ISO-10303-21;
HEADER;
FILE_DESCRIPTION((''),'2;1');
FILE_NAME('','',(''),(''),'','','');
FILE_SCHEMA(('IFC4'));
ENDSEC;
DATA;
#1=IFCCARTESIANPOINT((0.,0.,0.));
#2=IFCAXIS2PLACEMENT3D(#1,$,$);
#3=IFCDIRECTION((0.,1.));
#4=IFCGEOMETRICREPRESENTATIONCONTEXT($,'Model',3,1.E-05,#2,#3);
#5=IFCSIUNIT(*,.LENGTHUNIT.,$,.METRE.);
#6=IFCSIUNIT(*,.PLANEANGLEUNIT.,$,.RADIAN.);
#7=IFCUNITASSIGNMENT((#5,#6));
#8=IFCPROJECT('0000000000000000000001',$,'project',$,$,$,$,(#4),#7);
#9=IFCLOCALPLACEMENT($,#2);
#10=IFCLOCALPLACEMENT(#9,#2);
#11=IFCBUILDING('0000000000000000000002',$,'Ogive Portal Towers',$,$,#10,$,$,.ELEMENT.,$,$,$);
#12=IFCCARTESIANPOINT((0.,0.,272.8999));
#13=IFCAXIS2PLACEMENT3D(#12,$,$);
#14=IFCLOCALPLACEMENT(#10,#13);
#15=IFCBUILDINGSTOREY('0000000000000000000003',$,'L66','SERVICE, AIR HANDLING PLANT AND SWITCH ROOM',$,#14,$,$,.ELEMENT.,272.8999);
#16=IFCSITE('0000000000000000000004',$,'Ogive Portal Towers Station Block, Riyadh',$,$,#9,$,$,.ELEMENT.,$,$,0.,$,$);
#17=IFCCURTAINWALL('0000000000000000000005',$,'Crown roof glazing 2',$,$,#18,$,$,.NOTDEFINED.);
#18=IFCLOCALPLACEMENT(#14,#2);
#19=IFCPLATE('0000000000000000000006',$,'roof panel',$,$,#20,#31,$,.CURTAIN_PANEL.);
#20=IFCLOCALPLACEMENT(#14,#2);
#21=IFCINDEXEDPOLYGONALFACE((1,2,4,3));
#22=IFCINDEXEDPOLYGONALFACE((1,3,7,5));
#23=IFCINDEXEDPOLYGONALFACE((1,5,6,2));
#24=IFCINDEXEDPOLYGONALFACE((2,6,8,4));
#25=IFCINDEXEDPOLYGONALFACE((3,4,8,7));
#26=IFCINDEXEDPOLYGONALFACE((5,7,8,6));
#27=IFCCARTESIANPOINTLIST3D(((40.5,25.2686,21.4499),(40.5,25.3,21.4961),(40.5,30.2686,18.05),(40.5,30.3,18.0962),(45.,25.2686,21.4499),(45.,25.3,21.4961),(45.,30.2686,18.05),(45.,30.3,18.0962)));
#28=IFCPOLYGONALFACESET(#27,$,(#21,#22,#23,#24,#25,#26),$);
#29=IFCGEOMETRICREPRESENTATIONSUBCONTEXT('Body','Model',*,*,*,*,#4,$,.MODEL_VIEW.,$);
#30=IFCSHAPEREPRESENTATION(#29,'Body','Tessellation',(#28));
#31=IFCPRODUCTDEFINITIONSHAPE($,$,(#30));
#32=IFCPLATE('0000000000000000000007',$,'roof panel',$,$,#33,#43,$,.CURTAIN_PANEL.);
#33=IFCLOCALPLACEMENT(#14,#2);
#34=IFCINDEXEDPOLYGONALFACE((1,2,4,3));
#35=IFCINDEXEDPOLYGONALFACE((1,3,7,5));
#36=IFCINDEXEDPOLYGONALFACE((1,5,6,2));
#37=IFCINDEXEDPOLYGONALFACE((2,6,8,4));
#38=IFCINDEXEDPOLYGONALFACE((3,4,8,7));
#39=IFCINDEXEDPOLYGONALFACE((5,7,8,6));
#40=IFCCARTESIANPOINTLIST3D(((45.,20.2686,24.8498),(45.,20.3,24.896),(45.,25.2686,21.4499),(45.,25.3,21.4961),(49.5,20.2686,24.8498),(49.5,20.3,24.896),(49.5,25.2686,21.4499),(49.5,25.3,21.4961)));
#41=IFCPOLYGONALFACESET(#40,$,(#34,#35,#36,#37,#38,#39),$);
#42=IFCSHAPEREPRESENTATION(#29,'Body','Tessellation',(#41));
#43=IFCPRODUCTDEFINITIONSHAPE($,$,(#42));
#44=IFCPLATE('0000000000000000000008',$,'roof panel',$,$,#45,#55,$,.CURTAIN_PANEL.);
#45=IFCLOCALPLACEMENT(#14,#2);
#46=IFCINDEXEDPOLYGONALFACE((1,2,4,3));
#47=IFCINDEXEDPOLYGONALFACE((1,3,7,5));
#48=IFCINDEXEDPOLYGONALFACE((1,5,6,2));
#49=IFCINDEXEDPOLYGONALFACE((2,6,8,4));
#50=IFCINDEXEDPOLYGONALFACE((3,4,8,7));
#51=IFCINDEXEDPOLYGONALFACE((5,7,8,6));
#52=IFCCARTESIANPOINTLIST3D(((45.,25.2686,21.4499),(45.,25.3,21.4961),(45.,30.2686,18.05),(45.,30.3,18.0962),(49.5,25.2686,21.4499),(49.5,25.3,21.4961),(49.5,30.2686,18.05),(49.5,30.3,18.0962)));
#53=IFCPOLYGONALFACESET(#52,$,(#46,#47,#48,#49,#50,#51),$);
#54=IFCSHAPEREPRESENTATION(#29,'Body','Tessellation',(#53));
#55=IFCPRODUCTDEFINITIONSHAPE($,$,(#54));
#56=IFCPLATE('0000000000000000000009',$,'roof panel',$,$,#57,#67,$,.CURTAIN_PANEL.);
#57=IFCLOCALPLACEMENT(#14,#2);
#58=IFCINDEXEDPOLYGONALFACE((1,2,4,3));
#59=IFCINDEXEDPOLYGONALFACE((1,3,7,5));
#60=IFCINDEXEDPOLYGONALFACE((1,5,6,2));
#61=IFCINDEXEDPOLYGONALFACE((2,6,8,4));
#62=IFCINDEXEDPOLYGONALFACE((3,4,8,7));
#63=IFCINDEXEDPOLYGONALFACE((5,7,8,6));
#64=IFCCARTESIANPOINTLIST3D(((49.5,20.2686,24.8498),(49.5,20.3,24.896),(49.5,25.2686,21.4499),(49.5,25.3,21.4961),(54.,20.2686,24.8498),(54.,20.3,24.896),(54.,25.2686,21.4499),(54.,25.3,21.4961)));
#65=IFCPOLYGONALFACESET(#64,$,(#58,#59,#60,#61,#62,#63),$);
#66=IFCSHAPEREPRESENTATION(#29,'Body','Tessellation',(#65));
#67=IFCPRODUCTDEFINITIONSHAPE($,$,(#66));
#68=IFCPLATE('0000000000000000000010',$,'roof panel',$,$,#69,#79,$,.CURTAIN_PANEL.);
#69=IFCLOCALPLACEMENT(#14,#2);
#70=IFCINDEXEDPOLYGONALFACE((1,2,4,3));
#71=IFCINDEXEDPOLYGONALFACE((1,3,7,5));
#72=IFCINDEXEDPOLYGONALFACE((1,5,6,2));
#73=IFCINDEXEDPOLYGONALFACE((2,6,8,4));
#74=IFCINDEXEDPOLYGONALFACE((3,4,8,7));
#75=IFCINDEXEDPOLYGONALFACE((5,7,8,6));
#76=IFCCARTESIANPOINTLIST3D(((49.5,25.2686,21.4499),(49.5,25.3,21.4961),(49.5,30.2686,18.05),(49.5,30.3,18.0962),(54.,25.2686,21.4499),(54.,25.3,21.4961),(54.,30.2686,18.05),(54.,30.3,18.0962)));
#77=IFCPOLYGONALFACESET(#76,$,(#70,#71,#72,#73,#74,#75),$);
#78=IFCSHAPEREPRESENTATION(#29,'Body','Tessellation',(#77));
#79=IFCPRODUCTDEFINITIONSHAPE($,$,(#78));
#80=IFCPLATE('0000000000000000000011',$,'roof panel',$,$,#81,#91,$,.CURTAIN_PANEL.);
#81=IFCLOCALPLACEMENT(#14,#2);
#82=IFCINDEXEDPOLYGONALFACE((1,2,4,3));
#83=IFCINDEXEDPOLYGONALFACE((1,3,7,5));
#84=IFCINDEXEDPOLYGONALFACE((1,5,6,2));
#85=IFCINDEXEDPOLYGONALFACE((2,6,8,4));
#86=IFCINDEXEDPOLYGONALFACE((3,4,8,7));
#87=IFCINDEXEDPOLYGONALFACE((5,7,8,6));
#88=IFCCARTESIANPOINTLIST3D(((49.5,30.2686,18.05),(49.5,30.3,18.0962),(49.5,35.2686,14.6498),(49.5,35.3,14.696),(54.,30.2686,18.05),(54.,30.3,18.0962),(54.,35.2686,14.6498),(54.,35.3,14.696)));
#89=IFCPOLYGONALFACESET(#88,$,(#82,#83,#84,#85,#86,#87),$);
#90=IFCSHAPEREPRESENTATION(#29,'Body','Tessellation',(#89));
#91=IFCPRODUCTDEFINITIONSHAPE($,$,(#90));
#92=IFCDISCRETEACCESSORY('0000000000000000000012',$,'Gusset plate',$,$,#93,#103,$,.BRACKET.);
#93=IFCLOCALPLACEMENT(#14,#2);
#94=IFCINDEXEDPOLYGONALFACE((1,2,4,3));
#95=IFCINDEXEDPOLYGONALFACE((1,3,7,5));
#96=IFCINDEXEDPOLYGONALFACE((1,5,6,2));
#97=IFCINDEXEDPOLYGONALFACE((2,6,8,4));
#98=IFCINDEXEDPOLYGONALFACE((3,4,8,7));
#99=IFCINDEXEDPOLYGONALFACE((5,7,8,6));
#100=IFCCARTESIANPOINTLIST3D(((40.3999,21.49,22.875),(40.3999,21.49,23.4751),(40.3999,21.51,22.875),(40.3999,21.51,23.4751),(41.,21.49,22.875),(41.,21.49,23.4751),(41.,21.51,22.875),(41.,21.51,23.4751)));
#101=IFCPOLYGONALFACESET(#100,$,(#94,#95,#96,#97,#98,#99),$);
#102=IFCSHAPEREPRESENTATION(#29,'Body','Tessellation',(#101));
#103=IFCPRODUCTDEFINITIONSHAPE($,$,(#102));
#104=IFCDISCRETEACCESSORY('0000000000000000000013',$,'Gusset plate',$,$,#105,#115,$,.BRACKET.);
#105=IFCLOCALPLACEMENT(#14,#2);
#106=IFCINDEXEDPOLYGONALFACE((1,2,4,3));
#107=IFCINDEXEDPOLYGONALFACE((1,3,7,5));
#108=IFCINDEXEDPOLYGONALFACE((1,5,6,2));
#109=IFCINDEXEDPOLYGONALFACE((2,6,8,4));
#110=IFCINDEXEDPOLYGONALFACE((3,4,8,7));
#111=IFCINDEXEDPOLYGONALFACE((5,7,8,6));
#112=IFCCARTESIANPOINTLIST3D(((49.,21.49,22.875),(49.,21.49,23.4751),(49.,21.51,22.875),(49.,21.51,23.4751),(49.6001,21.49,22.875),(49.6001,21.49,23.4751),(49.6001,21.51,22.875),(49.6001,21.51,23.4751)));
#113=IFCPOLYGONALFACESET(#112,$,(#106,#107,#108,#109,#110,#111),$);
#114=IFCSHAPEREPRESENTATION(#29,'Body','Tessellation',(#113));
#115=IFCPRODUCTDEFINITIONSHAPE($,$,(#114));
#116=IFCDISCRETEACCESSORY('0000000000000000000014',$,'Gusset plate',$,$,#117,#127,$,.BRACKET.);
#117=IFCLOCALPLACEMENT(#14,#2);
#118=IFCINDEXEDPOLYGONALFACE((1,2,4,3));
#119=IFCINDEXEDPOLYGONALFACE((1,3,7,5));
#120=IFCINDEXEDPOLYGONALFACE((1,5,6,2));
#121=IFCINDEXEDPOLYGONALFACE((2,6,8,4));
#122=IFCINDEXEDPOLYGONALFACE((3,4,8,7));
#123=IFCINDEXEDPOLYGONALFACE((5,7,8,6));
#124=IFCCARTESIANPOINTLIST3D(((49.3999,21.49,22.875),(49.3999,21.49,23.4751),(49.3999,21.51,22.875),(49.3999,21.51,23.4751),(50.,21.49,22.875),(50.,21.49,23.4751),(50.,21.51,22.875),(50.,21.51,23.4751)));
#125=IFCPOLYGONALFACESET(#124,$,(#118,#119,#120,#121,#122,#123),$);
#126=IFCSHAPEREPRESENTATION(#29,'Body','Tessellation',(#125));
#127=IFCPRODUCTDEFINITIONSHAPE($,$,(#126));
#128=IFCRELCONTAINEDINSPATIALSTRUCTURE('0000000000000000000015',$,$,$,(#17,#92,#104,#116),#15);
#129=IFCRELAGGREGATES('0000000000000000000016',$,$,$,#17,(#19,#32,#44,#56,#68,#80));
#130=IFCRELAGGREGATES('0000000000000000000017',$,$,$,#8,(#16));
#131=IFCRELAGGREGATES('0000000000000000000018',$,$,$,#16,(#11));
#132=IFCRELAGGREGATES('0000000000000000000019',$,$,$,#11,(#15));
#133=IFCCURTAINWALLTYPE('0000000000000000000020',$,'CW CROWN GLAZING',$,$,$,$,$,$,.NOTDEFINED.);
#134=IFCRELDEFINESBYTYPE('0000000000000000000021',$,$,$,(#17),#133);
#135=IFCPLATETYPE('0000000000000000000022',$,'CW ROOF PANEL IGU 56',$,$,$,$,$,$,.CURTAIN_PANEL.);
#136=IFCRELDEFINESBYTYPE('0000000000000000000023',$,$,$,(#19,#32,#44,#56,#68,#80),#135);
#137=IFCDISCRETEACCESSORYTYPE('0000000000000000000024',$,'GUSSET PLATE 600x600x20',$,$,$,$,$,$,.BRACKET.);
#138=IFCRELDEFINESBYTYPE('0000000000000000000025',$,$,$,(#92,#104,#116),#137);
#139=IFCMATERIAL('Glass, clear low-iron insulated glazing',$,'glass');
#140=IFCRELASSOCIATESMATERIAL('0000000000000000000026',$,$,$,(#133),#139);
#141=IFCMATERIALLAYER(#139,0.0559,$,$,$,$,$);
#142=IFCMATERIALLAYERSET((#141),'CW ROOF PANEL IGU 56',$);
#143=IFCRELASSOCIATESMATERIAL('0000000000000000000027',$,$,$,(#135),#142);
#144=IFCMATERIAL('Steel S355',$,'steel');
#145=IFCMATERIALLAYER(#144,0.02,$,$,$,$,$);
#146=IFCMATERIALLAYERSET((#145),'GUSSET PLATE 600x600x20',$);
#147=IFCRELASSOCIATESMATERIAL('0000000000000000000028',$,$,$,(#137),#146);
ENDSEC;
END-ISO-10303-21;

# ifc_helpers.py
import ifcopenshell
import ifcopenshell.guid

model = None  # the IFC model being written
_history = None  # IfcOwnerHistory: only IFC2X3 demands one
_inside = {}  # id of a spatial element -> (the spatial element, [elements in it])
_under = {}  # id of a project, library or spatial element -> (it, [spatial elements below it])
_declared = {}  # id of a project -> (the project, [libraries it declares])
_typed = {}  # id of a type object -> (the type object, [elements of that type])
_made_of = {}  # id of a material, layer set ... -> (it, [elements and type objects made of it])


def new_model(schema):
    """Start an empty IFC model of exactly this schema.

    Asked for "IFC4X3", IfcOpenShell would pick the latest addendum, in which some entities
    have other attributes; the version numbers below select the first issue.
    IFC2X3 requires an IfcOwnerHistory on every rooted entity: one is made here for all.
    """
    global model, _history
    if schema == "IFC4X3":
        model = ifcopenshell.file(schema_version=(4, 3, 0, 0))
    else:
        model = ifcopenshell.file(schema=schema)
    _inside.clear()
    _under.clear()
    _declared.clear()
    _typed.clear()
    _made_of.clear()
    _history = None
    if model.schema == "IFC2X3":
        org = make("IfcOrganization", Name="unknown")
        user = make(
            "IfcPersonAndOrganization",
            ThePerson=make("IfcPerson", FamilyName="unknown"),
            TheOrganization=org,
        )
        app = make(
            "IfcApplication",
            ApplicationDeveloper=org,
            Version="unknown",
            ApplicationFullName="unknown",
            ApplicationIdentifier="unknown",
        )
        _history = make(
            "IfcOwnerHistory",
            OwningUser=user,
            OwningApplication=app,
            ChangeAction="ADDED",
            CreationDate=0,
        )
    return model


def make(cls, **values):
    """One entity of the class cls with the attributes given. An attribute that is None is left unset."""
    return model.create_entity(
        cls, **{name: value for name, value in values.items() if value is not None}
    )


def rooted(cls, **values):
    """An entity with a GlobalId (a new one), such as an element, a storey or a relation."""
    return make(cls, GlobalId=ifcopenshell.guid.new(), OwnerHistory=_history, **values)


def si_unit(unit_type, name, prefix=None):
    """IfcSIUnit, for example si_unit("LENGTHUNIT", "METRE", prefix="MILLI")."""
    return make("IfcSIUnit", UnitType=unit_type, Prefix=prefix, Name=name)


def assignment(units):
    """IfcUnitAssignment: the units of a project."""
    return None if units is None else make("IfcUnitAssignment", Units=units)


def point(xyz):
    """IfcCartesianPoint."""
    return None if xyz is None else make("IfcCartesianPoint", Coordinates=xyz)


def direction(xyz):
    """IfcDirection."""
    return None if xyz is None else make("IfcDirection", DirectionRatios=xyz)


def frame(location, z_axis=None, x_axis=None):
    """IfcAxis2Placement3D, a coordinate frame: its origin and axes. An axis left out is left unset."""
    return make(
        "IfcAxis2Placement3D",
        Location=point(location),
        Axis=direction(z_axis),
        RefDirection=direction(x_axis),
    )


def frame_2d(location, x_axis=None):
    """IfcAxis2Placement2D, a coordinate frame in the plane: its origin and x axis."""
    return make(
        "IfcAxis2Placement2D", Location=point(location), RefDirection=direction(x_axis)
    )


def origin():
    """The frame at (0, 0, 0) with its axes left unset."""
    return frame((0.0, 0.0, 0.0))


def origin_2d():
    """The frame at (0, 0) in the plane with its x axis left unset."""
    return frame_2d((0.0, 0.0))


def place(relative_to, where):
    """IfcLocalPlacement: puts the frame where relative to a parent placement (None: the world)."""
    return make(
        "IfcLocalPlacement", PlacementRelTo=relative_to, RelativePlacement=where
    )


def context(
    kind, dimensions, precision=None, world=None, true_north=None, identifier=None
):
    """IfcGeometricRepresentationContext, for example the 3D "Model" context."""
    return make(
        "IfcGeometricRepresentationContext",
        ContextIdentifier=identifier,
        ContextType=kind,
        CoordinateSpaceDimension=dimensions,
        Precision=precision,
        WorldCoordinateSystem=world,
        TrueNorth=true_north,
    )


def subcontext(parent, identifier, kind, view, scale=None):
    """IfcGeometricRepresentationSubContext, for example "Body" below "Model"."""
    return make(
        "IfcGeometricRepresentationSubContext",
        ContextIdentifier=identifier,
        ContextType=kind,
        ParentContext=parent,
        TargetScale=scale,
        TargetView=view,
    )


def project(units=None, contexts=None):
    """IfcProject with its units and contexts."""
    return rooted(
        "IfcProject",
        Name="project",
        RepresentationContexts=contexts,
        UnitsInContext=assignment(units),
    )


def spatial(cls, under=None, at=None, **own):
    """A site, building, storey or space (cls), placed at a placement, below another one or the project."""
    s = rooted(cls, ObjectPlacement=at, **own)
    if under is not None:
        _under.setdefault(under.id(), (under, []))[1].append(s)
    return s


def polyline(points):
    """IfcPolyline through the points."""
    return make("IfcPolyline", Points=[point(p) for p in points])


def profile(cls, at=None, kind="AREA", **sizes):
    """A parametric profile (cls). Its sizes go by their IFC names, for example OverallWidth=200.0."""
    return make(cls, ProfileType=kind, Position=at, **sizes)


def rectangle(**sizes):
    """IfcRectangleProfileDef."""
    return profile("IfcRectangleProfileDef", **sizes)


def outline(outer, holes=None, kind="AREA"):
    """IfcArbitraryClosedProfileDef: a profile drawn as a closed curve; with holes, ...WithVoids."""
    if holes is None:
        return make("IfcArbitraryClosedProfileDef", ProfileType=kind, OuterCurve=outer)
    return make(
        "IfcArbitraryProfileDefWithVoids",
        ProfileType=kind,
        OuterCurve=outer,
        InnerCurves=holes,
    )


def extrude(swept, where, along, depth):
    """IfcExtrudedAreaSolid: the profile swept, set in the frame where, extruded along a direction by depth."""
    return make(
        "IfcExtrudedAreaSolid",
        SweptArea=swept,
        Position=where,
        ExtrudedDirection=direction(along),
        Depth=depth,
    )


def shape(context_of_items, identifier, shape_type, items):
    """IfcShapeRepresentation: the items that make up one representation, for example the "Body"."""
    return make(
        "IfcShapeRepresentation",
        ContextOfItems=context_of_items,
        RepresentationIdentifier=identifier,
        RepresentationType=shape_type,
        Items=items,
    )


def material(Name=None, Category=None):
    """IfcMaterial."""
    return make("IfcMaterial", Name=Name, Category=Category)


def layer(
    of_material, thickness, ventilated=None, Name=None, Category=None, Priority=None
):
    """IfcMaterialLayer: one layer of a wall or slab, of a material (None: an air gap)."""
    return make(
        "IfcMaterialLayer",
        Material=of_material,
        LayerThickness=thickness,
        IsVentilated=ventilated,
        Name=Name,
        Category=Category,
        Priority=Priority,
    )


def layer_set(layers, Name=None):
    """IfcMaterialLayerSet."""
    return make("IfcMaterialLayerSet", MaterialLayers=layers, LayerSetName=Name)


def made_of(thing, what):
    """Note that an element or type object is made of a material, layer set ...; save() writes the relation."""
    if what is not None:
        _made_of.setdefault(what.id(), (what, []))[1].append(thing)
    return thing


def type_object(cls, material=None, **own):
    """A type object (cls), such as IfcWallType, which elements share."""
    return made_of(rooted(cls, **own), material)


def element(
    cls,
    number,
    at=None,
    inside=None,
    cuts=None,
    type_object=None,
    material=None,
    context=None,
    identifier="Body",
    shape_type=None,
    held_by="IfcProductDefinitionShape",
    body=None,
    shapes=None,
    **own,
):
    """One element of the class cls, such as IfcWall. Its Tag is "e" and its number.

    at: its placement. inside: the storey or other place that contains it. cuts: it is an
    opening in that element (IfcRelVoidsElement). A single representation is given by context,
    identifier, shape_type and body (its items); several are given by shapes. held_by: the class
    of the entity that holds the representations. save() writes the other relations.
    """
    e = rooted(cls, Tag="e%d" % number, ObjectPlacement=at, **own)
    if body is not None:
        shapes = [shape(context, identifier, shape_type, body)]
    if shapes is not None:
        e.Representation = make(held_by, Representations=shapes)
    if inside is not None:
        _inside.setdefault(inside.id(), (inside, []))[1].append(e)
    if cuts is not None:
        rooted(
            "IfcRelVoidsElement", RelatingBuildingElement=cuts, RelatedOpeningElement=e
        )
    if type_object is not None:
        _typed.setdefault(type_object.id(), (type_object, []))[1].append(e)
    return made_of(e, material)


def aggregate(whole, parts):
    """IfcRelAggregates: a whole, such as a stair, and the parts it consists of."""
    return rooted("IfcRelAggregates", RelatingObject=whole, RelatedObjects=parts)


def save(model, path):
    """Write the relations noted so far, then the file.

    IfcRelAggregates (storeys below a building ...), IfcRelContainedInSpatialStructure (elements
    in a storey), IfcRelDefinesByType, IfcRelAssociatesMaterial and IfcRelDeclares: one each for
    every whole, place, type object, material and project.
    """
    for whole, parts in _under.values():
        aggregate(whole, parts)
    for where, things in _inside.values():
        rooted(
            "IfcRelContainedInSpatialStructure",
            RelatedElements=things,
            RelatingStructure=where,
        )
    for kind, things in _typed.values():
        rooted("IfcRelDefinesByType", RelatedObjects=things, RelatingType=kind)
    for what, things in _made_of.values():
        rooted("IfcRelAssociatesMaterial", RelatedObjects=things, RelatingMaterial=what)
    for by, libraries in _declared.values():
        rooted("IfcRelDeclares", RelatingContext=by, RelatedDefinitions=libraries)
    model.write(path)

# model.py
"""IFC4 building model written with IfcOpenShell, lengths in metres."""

from ifc_helpers import new_model, si_unit, direction, frame, origin, origin_2d, place, context, subcontext, project, spatial, polyline, rectangle, outline, extrude, material, layer, layer_set, type_object, element, aggregate, save


model = new_model("IFC4")

# Units and contexts
model_context = context("Model", 3, precision=1e-05, world=origin(), true_north=direction((0.0, 1.0)))
body_context = subcontext(model_context, "Body", "Model", "MODEL_VIEW")
ifc_project = project(units=[si_unit("LENGTHUNIT", "METRE"), si_unit("PLANEANGLEUNIT", "RADIAN")], contexts=[model_context])

# Site, building, storey
site_placement = place(None, origin())
site = spatial("IfcSite", under=ifc_project, at=site_placement, Name="Ogive Portal Towers Station Block, Riyadh", CompositionType="ELEMENT", RefElevation=0.0)
building_placement = place(site_placement, origin())
building = spatial("IfcBuilding", under=site, at=building_placement, Name="Ogive Portal Towers", CompositionType="ELEMENT")
storey_placement = place(building_placement, frame((0.0, 0.0, 272.8999)))
storey = spatial("IfcBuildingStorey", under=building, at=storey_placement, Name="L66", Description="SERVICE, AIR HANDLING PLANT AND SWITCH ROOM", CompositionType="ELEMENT", Elevation=272.8999)

# Shared definitions
ifc_material_1 = material(Name="Steel S355", Category="steel")

# Curtain wall
ifc_material_2 = material(Name="Glass, clear low-iron insulated glazing", Category="glass")
curtain_wall_type = type_object("IfcCurtainWallType", Name="CW CROWN GLAZING", PredefinedType="NOTDEFINED", material=ifc_material_2)
curtain_wall_1_placement = place(storey_placement, origin())
curtain_wall_1 = element("IfcCurtainWall", 1, at=curtain_wall_1_placement, inside=storey, type_object=curtain_wall_type, Name="Crown roof glazing 2", PredefinedType="NOTDEFINED")

# Plates
ifc_layer_1 = layer(ifc_material_2, 0.0559)
ifc_layer_set_1 = layer_set([ifc_layer_1], Name="CW ROOF PANEL IGU 56")
plate_type = type_object("IfcPlateType", Name="CW ROOF PANEL IGU 56", PredefinedType="CURTAIN_PANEL", material=ifc_layer_set_1)
plate_1_placement = place(storey_placement, frame((45.0, 25.3, 21.4961), z_axis=(0.0, 0.562299, 0.826934), x_axis=(0.0, 0.826934, -0.562299)))
plate_1 = element("IfcPlate", 2, at=plate_1_placement, type_object=plate_type, Name="roof panel", PredefinedType="CURTAIN_PANEL", context=body_context, shape_type="SweptSolid", body=[
    extrude(outline(polyline([(0.0, 0.0), (6.0464, 0.0), (6.0464, 4.5), (0.0, 4.5), (0.0, 0.0)])), origin(), (0.0, 0.0, -1.0), 0.0559),
])
plate_2_placement = place(storey_placement, frame((49.5, 20.3, 24.896), z_axis=(0.0, 0.562299, 0.826934), x_axis=(0.0, 0.826934, -0.562299)))
plate_2 = element("IfcPlate", 3, at=plate_2_placement, type_object=plate_type, Name="roof panel", PredefinedType="CURTAIN_PANEL", context=body_context, shape_type="SweptSolid", body=[
    extrude(outline(polyline([(0.0, 0.0), (6.0464, 0.0), (6.0464, 4.5), (0.0, 4.5), (0.0, 0.0)])), origin(), (0.0, 0.0, -1.0), 0.0559),
])
plate_3_placement = place(storey_placement, frame((49.5, 25.3, 21.4961), z_axis=(0.0, 0.562299, 0.826934), x_axis=(0.0, 0.826934, -0.562299)))
plate_3 = element("IfcPlate", 4, at=plate_3_placement, type_object=plate_type, Name="roof panel", PredefinedType="CURTAIN_PANEL", context=body_context, shape_type="SweptSolid", body=[
    extrude(outline(polyline([(0.0, 0.0), (6.0464, 0.0), (6.0464, 4.5), (0.0, 4.5), (0.0, 0.0)])), origin(), (0.0, 0.0, -1.0), 0.0559),
])
plate_4_placement = place(storey_placement, frame((54.0, 20.3, 24.896), z_axis=(0.0, 0.562299, 0.826934), x_axis=(0.0, 0.826934, -0.562299)))
plate_4 = element("IfcPlate", 5, at=plate_4_placement, type_object=plate_type, Name="roof panel", PredefinedType="CURTAIN_PANEL", context=body_context, shape_type="SweptSolid", body=[
    extrude(outline(polyline([(0.0, 0.0), (6.0464, 0.0), (6.0464, 4.5), (0.0, 4.5), (0.0, 0.0)])), origin(), (0.0, 0.0, -1.0), 0.0559),
])
plate_5_placement = place(storey_placement, frame((54.0, 25.3, 21.4961), z_axis=(0.0, 0.562299, 0.826934), x_axis=(0.0, 0.826934, -0.562299)))
plate_5 = element("IfcPlate", 6, at=plate_5_placement, type_object=plate_type, Name="roof panel", PredefinedType="CURTAIN_PANEL", context=body_context, shape_type="SweptSolid", body=[
    extrude(outline(polyline([(0.0, 0.0), (6.0464, 0.0), (6.0464, 4.5), (0.0, 4.5), (0.0, 0.0)])), origin(), (0.0, 0.0, -1.0), 0.0559),
])
plate_6_placement = place(storey_placement, frame((54.0, 30.3, 18.0962), z_axis=(0.0, 0.562327, 0.826915), x_axis=(0.0, 0.826915, -0.562327)))
plate_6 = element("IfcPlate", 7, at=plate_6_placement, type_object=plate_type, Name="roof panel", PredefinedType="CURTAIN_PANEL", context=body_context, shape_type="SweptSolid", body=[
    extrude(outline(polyline([(0.0, 0.0), (6.0466, 0.0), (6.0466, 4.5), (0.0, 4.5), (0.0, 0.0)])), origin(), (0.0, 0.0, -1.0), 0.0559),
])
aggregate(curtain_wall_1, [plate_1, plate_2, plate_3, plate_4, plate_5, plate_6])

# Discrete accessories
ifc_layer_2 = layer(ifc_material_1, 0.02)
ifc_layer_set_2 = layer_set([ifc_layer_2], Name="GUSSET PLATE 600x600x20")
discrete_accessory_type = type_object("IfcDiscreteAccessoryType", Name="GUSSET PLATE 600x600x20", PredefinedType="BRACKET", material=ifc_layer_set_2)
for number, where, z_axis, x_axis, name in (
    (8, (40.7, 21.5, 22.875), (0.0, 0.0, 1.0), (1.0, 0.0, 0.0), "Gusset plate"),
    (9, (49.3, 21.5, 22.875), (0.0, 0.0, 1.0), (1.0, 0.0, 0.0), "Gusset plate"),
    (10, (49.7, 21.5, 22.875), (0.0, 0.0, 1.0), (1.0, 0.0, 0.0), "Gusset plate"),
):
    element("IfcDiscreteAccessory", number, at=place(storey_placement, frame(where, z_axis=z_axis, x_axis=x_axis)), inside=storey, type_object=discrete_accessory_type, Name=name, PredefinedType="BRACKET", context=body_context, shape_type="SweptSolid", body=[
        extrude(rectangle(XDim=0.6001, YDim=0.02, at=origin_2d()), origin(), (0.0, 0.0, 1.0), 0.6001),
    ])

save(model, "model.ifc")
